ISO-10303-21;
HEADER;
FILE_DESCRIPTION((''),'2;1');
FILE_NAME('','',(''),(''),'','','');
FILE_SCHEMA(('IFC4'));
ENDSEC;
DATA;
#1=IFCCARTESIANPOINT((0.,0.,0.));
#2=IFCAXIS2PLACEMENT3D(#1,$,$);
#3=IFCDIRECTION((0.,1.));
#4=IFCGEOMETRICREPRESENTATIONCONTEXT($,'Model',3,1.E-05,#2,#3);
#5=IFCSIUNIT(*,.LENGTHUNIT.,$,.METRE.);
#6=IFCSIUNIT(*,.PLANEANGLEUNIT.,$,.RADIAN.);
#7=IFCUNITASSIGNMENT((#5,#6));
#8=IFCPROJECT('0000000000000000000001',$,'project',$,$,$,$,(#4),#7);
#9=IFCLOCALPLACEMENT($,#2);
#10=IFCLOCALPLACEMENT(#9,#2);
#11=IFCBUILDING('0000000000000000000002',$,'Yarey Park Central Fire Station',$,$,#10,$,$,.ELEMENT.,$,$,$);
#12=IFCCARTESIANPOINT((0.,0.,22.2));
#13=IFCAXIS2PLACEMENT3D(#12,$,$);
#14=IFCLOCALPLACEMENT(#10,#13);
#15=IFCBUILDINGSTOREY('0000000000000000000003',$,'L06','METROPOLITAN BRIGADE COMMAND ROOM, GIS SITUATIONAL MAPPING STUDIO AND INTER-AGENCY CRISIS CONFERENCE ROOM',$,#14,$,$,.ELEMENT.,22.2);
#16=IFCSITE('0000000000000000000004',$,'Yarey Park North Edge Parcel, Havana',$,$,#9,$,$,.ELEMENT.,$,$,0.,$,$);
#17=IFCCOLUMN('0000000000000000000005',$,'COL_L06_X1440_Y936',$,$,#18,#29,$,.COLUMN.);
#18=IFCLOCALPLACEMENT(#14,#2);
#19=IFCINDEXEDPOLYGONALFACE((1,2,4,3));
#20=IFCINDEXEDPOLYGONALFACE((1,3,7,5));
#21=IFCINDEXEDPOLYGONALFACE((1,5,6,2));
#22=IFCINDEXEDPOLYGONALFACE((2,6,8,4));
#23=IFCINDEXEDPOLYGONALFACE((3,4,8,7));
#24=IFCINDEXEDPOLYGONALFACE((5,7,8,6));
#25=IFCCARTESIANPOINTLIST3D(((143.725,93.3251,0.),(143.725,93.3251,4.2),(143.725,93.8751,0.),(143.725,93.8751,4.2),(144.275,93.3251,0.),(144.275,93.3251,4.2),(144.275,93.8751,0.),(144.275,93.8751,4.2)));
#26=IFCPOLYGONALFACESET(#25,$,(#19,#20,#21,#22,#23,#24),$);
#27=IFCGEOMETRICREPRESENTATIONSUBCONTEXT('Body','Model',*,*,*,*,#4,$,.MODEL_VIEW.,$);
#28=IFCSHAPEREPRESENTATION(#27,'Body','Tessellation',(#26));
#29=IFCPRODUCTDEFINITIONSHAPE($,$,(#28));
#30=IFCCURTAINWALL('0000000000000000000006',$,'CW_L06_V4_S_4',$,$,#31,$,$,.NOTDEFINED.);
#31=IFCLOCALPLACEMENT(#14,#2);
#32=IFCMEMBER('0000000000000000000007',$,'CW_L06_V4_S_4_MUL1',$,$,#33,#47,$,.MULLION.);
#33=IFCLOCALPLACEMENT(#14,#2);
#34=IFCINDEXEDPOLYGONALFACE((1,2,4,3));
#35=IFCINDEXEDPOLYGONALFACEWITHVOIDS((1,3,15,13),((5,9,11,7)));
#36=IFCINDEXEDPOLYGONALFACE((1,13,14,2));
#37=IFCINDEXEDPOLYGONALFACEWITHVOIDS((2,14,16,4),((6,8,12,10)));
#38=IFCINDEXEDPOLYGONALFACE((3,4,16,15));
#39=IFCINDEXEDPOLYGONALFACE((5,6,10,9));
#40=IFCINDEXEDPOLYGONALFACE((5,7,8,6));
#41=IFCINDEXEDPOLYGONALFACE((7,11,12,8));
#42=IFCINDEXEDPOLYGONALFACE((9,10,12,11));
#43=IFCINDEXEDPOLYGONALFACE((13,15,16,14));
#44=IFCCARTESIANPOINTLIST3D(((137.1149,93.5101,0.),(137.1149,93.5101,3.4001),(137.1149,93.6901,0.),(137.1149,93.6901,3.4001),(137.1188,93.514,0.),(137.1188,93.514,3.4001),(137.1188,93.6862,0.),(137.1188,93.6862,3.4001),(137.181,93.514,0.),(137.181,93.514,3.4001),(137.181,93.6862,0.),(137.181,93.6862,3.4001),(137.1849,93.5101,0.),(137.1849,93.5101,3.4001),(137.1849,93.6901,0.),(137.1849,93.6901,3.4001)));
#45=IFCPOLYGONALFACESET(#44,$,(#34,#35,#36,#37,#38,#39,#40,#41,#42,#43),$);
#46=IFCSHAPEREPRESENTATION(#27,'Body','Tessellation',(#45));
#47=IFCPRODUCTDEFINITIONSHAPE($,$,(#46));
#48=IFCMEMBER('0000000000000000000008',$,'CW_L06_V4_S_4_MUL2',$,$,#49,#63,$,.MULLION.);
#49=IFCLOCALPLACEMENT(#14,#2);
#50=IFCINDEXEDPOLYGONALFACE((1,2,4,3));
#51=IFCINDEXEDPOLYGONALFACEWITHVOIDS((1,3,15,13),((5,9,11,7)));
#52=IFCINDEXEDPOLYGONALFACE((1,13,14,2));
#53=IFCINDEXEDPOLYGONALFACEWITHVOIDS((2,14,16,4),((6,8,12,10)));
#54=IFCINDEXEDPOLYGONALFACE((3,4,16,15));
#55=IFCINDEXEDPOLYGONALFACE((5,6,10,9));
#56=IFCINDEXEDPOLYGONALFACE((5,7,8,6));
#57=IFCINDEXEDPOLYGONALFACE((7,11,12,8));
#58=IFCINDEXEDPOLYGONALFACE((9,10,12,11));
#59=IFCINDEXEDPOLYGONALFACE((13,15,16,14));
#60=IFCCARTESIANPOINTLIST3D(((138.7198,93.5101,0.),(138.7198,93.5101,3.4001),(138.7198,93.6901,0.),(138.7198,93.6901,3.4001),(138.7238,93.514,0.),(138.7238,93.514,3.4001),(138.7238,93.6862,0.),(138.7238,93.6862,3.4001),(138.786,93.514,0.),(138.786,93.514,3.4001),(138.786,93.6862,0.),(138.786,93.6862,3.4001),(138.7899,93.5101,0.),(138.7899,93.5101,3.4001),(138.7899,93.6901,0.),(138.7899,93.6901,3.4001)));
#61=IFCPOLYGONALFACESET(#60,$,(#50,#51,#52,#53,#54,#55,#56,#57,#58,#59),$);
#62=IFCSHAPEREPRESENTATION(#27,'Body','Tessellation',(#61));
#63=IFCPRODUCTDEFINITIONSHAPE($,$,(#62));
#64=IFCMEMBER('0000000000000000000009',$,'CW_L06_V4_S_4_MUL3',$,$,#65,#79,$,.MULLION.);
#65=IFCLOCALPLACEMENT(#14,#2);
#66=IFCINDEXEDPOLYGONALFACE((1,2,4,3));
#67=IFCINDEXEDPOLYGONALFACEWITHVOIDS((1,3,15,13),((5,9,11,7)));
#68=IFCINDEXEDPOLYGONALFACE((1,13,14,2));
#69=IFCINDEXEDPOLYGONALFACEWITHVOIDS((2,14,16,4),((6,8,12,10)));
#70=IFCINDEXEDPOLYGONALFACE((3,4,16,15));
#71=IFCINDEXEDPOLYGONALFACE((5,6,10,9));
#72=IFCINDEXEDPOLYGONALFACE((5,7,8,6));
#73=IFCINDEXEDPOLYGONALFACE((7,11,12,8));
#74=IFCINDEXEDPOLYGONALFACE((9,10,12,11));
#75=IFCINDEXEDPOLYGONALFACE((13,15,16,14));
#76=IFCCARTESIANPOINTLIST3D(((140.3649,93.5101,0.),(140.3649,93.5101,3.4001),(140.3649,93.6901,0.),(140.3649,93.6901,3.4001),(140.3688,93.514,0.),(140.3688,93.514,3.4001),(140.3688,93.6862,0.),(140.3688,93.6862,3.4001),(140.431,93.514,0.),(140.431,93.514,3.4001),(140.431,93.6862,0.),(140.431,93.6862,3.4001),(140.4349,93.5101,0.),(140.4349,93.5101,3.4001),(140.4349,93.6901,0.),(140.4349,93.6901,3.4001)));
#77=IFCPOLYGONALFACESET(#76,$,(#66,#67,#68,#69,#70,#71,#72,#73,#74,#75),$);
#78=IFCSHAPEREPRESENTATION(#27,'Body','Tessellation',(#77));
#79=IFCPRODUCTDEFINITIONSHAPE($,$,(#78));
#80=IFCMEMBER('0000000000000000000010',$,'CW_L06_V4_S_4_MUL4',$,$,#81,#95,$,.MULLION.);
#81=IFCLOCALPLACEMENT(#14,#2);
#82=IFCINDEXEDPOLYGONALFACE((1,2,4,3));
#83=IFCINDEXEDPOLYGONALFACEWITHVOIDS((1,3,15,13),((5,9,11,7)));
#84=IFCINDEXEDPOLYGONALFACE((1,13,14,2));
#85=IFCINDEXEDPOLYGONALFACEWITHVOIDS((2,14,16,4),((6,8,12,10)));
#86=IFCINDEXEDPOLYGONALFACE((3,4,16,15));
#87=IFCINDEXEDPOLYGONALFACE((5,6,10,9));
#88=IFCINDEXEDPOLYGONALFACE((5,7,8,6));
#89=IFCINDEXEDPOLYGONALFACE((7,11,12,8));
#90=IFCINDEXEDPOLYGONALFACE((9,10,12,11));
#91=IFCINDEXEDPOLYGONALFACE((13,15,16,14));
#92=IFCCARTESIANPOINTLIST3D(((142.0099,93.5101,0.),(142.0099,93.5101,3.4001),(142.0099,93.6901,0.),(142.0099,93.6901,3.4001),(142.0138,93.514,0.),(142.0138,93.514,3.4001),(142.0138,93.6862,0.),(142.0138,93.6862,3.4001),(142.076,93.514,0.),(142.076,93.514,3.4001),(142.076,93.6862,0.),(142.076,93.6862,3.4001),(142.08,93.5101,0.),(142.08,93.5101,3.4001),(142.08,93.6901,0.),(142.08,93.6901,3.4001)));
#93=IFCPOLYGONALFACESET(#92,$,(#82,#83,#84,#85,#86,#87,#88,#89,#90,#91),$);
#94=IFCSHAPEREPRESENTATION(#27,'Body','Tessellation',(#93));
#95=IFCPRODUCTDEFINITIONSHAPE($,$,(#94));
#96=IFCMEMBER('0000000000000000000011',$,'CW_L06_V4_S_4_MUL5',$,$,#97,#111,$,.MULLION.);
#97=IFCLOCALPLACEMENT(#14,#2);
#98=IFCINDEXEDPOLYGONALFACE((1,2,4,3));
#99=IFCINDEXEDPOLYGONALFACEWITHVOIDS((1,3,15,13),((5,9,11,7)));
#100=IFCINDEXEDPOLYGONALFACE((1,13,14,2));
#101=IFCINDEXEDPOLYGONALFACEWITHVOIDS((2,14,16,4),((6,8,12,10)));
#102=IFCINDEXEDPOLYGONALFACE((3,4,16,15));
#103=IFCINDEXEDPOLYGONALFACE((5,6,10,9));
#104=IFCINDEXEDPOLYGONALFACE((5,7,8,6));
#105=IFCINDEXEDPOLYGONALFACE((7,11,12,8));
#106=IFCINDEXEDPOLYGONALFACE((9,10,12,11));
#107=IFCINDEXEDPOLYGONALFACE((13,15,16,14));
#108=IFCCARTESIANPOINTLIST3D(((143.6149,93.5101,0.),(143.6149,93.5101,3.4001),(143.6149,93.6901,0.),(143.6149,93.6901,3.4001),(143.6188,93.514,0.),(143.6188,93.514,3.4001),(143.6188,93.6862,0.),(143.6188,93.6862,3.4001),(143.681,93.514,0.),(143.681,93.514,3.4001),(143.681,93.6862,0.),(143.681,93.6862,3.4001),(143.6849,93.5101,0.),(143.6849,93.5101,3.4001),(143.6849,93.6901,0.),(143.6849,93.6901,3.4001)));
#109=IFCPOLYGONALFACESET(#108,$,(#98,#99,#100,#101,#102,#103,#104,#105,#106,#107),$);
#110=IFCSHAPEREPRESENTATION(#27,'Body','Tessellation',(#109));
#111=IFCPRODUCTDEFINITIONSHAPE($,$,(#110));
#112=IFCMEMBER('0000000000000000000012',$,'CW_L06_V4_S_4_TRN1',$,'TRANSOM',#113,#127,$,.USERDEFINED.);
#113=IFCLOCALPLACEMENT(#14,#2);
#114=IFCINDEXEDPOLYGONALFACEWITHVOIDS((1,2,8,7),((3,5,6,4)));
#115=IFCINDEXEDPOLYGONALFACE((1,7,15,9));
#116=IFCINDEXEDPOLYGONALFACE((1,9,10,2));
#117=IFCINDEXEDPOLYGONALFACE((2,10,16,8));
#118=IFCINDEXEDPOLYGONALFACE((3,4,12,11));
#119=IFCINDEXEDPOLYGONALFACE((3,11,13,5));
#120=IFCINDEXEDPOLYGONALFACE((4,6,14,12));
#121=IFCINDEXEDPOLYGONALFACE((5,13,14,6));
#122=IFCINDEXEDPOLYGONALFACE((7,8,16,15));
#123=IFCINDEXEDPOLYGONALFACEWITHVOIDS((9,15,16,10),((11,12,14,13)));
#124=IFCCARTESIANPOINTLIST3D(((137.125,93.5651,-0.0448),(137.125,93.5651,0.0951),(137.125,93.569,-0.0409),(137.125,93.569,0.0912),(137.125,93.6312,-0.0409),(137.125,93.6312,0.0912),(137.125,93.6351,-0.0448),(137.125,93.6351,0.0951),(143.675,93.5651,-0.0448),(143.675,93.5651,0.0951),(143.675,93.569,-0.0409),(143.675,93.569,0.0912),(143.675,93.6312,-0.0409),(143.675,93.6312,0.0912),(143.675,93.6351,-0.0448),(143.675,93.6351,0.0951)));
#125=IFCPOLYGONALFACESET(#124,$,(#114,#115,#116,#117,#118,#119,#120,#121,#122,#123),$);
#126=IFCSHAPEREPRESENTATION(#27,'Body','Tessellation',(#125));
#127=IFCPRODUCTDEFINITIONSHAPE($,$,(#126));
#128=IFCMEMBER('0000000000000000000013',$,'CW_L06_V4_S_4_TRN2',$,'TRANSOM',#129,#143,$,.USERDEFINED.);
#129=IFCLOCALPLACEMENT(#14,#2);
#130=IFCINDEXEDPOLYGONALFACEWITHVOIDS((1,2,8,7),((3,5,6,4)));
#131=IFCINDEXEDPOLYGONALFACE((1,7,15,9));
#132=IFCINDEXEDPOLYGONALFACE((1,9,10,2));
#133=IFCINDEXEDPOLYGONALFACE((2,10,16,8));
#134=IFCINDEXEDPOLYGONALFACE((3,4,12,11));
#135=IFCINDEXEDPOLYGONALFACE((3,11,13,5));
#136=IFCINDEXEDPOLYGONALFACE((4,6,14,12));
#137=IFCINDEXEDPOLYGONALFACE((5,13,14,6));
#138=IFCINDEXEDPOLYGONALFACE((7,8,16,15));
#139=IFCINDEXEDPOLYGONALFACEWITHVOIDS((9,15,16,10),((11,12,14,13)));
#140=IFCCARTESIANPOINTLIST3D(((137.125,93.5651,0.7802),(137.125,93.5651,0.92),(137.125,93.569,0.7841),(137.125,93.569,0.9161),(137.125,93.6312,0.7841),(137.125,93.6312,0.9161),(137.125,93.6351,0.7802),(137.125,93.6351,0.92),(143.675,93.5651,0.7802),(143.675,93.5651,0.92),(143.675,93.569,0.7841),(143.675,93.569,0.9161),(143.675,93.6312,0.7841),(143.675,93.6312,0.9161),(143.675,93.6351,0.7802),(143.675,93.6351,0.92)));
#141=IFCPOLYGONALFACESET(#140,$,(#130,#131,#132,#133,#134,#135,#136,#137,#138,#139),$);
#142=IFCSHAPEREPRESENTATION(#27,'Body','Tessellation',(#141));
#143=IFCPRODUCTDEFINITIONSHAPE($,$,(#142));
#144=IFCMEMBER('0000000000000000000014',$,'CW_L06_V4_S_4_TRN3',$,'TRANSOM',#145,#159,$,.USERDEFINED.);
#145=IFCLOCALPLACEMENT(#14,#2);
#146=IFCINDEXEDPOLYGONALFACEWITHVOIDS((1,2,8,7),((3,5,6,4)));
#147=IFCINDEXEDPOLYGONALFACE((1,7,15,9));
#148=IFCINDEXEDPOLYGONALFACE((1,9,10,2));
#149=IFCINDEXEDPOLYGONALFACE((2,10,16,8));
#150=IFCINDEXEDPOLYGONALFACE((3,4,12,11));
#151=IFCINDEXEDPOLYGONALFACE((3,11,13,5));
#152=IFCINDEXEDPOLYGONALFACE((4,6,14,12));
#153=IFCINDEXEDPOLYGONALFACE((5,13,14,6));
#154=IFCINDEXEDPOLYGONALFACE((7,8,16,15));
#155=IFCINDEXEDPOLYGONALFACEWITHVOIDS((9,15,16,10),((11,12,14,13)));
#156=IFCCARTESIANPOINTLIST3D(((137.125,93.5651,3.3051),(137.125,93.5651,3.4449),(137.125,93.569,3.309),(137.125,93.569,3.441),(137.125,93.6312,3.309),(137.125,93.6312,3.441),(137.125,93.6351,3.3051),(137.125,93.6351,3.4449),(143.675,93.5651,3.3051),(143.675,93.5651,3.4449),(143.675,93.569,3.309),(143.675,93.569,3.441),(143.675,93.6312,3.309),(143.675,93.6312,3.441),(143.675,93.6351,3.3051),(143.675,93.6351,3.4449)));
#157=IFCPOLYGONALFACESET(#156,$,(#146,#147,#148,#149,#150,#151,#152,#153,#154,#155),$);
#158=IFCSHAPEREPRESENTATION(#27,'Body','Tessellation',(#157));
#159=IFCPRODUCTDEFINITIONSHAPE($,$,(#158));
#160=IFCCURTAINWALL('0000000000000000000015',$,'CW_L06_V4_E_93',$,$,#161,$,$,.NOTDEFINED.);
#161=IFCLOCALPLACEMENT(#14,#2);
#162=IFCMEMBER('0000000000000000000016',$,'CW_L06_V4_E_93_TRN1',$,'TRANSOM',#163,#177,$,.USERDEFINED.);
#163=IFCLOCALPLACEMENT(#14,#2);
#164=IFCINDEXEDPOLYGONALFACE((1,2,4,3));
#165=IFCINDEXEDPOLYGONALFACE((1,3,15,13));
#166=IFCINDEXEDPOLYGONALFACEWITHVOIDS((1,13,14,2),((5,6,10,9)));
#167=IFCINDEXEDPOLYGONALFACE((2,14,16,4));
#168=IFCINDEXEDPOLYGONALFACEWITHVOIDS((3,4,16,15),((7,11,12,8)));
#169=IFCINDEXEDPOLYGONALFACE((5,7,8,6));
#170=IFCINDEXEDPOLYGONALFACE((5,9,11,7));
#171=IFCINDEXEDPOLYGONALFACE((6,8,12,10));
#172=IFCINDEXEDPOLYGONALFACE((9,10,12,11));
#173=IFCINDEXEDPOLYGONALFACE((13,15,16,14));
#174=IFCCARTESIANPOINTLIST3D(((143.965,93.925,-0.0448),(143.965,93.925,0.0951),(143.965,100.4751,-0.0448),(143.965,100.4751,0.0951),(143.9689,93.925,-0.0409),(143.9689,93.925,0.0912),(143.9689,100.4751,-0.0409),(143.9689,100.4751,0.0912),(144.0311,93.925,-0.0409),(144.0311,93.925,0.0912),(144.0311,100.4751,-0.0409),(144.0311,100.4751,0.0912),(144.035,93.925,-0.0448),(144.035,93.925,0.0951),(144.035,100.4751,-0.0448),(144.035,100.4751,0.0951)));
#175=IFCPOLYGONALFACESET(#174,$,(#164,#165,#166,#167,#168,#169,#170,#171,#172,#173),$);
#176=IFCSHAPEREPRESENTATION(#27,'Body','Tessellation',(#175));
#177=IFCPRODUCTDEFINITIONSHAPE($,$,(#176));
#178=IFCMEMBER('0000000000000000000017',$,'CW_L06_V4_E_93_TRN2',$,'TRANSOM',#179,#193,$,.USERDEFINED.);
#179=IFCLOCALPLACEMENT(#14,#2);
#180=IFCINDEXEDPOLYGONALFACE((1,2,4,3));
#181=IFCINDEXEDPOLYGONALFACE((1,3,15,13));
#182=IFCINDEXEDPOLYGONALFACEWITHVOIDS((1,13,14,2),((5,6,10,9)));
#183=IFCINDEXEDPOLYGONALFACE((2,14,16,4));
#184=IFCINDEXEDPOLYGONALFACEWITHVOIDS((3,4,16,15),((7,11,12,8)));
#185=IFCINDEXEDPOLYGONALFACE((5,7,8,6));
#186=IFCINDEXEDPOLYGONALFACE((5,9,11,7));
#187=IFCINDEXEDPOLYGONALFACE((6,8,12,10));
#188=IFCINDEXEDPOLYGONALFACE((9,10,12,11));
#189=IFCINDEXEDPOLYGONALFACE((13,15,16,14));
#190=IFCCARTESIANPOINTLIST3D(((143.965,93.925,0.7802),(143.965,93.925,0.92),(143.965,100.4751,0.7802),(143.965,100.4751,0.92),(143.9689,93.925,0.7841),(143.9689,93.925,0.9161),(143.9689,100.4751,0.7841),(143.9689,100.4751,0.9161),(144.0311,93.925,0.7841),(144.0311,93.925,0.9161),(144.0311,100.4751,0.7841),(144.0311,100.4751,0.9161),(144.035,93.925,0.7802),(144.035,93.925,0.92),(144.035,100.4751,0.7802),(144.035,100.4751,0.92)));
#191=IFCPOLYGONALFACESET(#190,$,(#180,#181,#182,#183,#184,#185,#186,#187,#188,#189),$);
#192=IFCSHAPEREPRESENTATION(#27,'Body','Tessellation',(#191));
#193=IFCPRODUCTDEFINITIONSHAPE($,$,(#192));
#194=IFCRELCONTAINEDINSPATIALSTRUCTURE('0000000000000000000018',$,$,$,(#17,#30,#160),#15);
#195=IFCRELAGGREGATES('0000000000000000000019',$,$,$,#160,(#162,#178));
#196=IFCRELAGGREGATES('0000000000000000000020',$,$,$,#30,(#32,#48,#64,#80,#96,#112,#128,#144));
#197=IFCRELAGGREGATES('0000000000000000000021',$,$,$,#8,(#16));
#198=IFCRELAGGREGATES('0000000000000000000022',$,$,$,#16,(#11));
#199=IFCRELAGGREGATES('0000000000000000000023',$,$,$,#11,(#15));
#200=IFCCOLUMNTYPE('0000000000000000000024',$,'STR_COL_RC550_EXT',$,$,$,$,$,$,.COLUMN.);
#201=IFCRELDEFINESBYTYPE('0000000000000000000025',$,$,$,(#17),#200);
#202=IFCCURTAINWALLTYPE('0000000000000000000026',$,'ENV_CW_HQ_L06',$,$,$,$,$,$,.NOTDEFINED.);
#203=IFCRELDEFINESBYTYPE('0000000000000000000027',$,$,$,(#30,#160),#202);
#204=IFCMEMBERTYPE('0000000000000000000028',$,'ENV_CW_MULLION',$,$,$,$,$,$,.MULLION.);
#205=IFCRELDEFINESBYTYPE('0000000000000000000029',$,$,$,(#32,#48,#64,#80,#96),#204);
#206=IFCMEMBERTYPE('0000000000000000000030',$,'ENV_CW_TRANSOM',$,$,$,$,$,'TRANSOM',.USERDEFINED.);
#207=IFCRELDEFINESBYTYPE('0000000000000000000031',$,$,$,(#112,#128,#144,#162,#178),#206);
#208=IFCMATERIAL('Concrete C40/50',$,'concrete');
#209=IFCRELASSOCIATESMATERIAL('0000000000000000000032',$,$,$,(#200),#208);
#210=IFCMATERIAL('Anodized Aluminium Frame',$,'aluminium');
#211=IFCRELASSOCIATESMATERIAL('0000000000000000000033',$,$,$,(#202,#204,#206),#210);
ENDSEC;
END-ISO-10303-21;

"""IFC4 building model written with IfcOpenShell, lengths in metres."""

from ifc_helpers import new_model, si_unit, direction, frame, origin, origin_2d, place, context, subcontext, project, spatial, rectangle, hollow_rectangle, extrude, material, material_profile, profile_set, type_object, element, aggregate, save


model = new_model("IFC4")

# Units and contexts
model_context = context("Model", 3, precision=1e-05, world=origin(), true_north=direction((0.0, 1.0)))
body_context = subcontext(model_context, "Body", "Model", "MODEL_VIEW")
ifc_project = project(units=[si_unit("LENGTHUNIT", "METRE"), si_unit("PLANEANGLEUNIT", "RADIAN")], contexts=[model_context])

# Site, building, storey
site_placement = place(None, origin())
site = spatial("IfcSite", under=ifc_project, at=site_placement, Name="Yarey Park North Edge Parcel, Havana", CompositionType="ELEMENT", RefElevation=0.0)
building_placement = place(site_placement, origin())
building = spatial("IfcBuilding", under=site, at=building_placement, Name="Yarey Park Central Fire Station", CompositionType="ELEMENT")
storey_placement = place(building_placement, frame((0.0, 0.0, 22.2)))
storey = spatial("IfcBuildingStorey", under=building, at=storey_placement, Name="L06", Description="METROPOLITAN BRIGADE COMMAND ROOM, GIS SITUATIONAL MAPPING STUDIO AND INTER-AGENCY CRISIS CONFERENCE ROOM", CompositionType="ELEMENT", Elevation=22.2)

# Column
ifc_material_1 = material(Name="Concrete C40/50", Category="concrete")
ifc_material_profile_1 = material_profile(ifc_material_1, rectangle(XDim=0.55, YDim=0.55, at=origin_2d()), Name="RC 550x550")
ifc_profile_set_1 = profile_set([ifc_material_profile_1], Name="Concrete C40/50")
column_type = type_object("IfcColumnType", Name="STR_COL_RC550_EXT", PredefinedType="COLUMN", material=ifc_profile_set_1)
column_placement = place(storey_placement, frame((144.0, 93.6001, 0.0), z_axis=(0.0, 0.0, 1.0), x_axis=(1.0, 0.0, 0.0)))
element("IfcColumn", 1, at=column_placement, inside=storey, type_object=column_type, Name="COL_L06_X1440_Y936", PredefinedType="COLUMN", context=body_context, shape_type="SweptSolid", body=[
    extrude(rectangle(XDim=0.55, YDim=0.55, at=origin_2d()), origin(), (0.0, 0.0, 1.0), 4.2),
])

# Curtain walls, members
ifc_material_2 = material(Name="Anodized Aluminium Frame", Category="aluminium")
curtain_wall_type = type_object("IfcCurtainWallType", Name="ENV_CW_HQ_L06", PredefinedType="NOTDEFINED", material=ifc_material_2)
curtain_wall_1_placement = place(storey_placement, origin())
curtain_wall_1 = element("IfcCurtainWall", 2, at=curtain_wall_1_placement, inside=storey, type_object=curtain_wall_type, Name="CW_L06_V4_S_4", PredefinedType="NOTDEFINED")
ifc_material_profile_2 = material_profile(ifc_material_2, hollow_rectangle(XDim=0.0701, YDim=0.1799, WallThickness=0.0039, at=origin_2d()), Name="ALU 180x70x4")
ifc_profile_set_2 = profile_set([ifc_material_profile_2], Name="Anodized Aluminium Frame")
member_type_1 = type_object("IfcMemberType", Name="ENV_CW_MULLION", PredefinedType="MULLION", material=ifc_profile_set_2)
member_1_placement = place(storey_placement, frame((137.1499, 93.6001, 0.0), z_axis=(0.0, 0.0, 1.0), x_axis=(1.0, 0.0, 0.0)))
member_1 = element("IfcMember", 3, at=member_1_placement, type_object=member_type_1, Name="CW_L06_V4_S_4_MUL1", PredefinedType="MULLION", context=body_context, shape_type="SweptSolid", body=[
    extrude(hollow_rectangle(XDim=0.0701, YDim=0.1799, WallThickness=0.0039, at=origin_2d()), origin(), (0.0, 0.0, 1.0), 3.4001),
])
member_2_placement = place(storey_placement, frame((138.7549, 93.6001, 0.0), z_axis=(0.0, 0.0, 1.0), x_axis=(1.0, 0.0, 0.0)))
member_2 = element("IfcMember", 4, at=member_2_placement, type_object=member_type_1, Name="CW_L06_V4_S_4_MUL2", PredefinedType="MULLION", context=body_context, shape_type="SweptSolid", body=[
    extrude(hollow_rectangle(XDim=0.0701, YDim=0.1799, WallThickness=0.0039, at=origin_2d()), origin(), (0.0, 0.0, 1.0), 3.4001),
])
member_3_placement = place(storey_placement, frame((140.3999, 93.6001, 0.0), z_axis=(0.0, 0.0, 1.0), x_axis=(1.0, 0.0, 0.0)))
member_3 = element("IfcMember", 5, at=member_3_placement, type_object=member_type_1, Name="CW_L06_V4_S_4_MUL3", PredefinedType="MULLION", context=body_context, shape_type="SweptSolid", body=[
    extrude(hollow_rectangle(XDim=0.0701, YDim=0.1799, WallThickness=0.0039, at=origin_2d()), origin(), (0.0, 0.0, 1.0), 3.4001),
])
member_4_placement = place(storey_placement, frame((142.0449, 93.6001, 0.0), z_axis=(0.0, 0.0, 1.0), x_axis=(1.0, 0.0, 0.0)))
member_4 = element("IfcMember", 6, at=member_4_placement, type_object=member_type_1, Name="CW_L06_V4_S_4_MUL4", PredefinedType="MULLION", context=body_context, shape_type="SweptSolid", body=[
    extrude(hollow_rectangle(XDim=0.0701, YDim=0.1799, WallThickness=0.0039, at=origin_2d()), origin(), (0.0, 0.0, 1.0), 3.4001),
])
member_5_placement = place(storey_placement, frame((143.6499, 93.6001, 0.0), z_axis=(0.0, 0.0, 1.0), x_axis=(1.0, 0.0, 0.0)))
member_5 = element("IfcMember", 7, at=member_5_placement, type_object=member_type_1, Name="CW_L06_V4_S_4_MUL5", PredefinedType="MULLION", context=body_context, shape_type="SweptSolid", body=[
    extrude(hollow_rectangle(XDim=0.0701, YDim=0.1799, WallThickness=0.0039, at=origin_2d()), origin(), (0.0, 0.0, 1.0), 3.4001),
])
ifc_material_profile_3 = material_profile(ifc_material_2, hollow_rectangle(XDim=0.0701, YDim=0.1399, WallThickness=0.0039, at=origin_2d()), Name="ALU 140x70x4")
ifc_profile_set_3 = profile_set([ifc_material_profile_3], Name="Anodized Aluminium Frame")
member_type_2 = type_object("IfcMemberType", Name="ENV_CW_TRANSOM", ElementType="TRANSOM", PredefinedType="USERDEFINED", material=ifc_profile_set_3)
member_6_placement = place(storey_placement, frame((137.125, 93.6001, 0.0251), z_axis=(1.0, 0.0, 0.0), x_axis=(0.0, 1.0, 0.0)))
member_6 = element("IfcMember", 8, at=member_6_placement, type_object=member_type_2, Name="CW_L06_V4_S_4_TRN1", ObjectType="TRANSOM", PredefinedType="USERDEFINED", context=body_context, shape_type="SweptSolid", body=[
    extrude(hollow_rectangle(XDim=0.0701, YDim=0.1399, WallThickness=0.0039, at=origin_2d()), origin(), (0.0, 0.0, 1.0), 6.55),
])
member_7_placement = place(storey_placement, frame((137.125, 93.6001, 0.8501), z_axis=(1.0, 0.0, 0.0), x_axis=(0.0, 1.0, 0.0)))
member_7 = element("IfcMember", 9, at=member_7_placement, type_object=member_type_2, Name="CW_L06_V4_S_4_TRN2", ObjectType="TRANSOM", PredefinedType="USERDEFINED", context=body_context, shape_type="SweptSolid", body=[
    extrude(hollow_rectangle(XDim=0.0701, YDim=0.1399, WallThickness=0.0039, at=origin_2d()), origin(), (0.0, 0.0, 1.0), 6.55),
])
member_8_placement = place(storey_placement, frame((137.125, 93.6001, 3.375), z_axis=(1.0, 0.0, 0.0), x_axis=(0.0, 1.0, 0.0)))
member_8 = element("IfcMember", 10, at=member_8_placement, type_object=member_type_2, Name="CW_L06_V4_S_4_TRN3", ObjectType="TRANSOM", PredefinedType="USERDEFINED", context=body_context, shape_type="SweptSolid", body=[
    extrude(hollow_rectangle(XDim=0.0701, YDim=0.1399, WallThickness=0.0039, at=origin_2d()), origin(), (0.0, 0.0, 1.0), 6.55),
])
curtain_wall_2_placement = place(storey_placement, origin())
curtain_wall_2 = element("IfcCurtainWall", 11, at=curtain_wall_2_placement, inside=storey, type_object=curtain_wall_type, Name="CW_L06_V4_E_93", PredefinedType="NOTDEFINED")
member_9_placement = place(storey_placement, frame((144.0, 93.925, 0.0251), z_axis=(0.0, 1.0, 0.0), x_axis=(-1.0, 0.0, 0.0)))
member_9 = element("IfcMember", 12, at=member_9_placement, type_object=member_type_2, Name="CW_L06_V4_E_93_TRN1", ObjectType="TRANSOM", PredefinedType="USERDEFINED", context=body_context, shape_type="SweptSolid", body=[
    extrude(hollow_rectangle(XDim=0.0701, YDim=0.1399, WallThickness=0.0039, at=origin_2d()), origin(), (0.0, 0.0, 1.0), 6.55),
])
member_10_placement = place(storey_placement, frame((144.0, 93.925, 0.8501), z_axis=(0.0, 1.0, 0.0), x_axis=(-1.0, 0.0, 0.0)))
member_10 = element("IfcMember", 13, at=member_10_placement, type_object=member_type_2, Name="CW_L06_V4_E_93_TRN2", ObjectType="TRANSOM", PredefinedType="USERDEFINED", context=body_context, shape_type="SweptSolid", body=[
    extrude(hollow_rectangle(XDim=0.0701, YDim=0.1399, WallThickness=0.0039, at=origin_2d()), origin(), (0.0, 0.0, 1.0), 6.55),
])
aggregate(curtain_wall_2, [member_9, member_10])

aggregate(curtain_wall_1, [member_1, member_2, member_3, member_4, member_5, member_6, member_7, member_8])

save(model, "model.ifc")
